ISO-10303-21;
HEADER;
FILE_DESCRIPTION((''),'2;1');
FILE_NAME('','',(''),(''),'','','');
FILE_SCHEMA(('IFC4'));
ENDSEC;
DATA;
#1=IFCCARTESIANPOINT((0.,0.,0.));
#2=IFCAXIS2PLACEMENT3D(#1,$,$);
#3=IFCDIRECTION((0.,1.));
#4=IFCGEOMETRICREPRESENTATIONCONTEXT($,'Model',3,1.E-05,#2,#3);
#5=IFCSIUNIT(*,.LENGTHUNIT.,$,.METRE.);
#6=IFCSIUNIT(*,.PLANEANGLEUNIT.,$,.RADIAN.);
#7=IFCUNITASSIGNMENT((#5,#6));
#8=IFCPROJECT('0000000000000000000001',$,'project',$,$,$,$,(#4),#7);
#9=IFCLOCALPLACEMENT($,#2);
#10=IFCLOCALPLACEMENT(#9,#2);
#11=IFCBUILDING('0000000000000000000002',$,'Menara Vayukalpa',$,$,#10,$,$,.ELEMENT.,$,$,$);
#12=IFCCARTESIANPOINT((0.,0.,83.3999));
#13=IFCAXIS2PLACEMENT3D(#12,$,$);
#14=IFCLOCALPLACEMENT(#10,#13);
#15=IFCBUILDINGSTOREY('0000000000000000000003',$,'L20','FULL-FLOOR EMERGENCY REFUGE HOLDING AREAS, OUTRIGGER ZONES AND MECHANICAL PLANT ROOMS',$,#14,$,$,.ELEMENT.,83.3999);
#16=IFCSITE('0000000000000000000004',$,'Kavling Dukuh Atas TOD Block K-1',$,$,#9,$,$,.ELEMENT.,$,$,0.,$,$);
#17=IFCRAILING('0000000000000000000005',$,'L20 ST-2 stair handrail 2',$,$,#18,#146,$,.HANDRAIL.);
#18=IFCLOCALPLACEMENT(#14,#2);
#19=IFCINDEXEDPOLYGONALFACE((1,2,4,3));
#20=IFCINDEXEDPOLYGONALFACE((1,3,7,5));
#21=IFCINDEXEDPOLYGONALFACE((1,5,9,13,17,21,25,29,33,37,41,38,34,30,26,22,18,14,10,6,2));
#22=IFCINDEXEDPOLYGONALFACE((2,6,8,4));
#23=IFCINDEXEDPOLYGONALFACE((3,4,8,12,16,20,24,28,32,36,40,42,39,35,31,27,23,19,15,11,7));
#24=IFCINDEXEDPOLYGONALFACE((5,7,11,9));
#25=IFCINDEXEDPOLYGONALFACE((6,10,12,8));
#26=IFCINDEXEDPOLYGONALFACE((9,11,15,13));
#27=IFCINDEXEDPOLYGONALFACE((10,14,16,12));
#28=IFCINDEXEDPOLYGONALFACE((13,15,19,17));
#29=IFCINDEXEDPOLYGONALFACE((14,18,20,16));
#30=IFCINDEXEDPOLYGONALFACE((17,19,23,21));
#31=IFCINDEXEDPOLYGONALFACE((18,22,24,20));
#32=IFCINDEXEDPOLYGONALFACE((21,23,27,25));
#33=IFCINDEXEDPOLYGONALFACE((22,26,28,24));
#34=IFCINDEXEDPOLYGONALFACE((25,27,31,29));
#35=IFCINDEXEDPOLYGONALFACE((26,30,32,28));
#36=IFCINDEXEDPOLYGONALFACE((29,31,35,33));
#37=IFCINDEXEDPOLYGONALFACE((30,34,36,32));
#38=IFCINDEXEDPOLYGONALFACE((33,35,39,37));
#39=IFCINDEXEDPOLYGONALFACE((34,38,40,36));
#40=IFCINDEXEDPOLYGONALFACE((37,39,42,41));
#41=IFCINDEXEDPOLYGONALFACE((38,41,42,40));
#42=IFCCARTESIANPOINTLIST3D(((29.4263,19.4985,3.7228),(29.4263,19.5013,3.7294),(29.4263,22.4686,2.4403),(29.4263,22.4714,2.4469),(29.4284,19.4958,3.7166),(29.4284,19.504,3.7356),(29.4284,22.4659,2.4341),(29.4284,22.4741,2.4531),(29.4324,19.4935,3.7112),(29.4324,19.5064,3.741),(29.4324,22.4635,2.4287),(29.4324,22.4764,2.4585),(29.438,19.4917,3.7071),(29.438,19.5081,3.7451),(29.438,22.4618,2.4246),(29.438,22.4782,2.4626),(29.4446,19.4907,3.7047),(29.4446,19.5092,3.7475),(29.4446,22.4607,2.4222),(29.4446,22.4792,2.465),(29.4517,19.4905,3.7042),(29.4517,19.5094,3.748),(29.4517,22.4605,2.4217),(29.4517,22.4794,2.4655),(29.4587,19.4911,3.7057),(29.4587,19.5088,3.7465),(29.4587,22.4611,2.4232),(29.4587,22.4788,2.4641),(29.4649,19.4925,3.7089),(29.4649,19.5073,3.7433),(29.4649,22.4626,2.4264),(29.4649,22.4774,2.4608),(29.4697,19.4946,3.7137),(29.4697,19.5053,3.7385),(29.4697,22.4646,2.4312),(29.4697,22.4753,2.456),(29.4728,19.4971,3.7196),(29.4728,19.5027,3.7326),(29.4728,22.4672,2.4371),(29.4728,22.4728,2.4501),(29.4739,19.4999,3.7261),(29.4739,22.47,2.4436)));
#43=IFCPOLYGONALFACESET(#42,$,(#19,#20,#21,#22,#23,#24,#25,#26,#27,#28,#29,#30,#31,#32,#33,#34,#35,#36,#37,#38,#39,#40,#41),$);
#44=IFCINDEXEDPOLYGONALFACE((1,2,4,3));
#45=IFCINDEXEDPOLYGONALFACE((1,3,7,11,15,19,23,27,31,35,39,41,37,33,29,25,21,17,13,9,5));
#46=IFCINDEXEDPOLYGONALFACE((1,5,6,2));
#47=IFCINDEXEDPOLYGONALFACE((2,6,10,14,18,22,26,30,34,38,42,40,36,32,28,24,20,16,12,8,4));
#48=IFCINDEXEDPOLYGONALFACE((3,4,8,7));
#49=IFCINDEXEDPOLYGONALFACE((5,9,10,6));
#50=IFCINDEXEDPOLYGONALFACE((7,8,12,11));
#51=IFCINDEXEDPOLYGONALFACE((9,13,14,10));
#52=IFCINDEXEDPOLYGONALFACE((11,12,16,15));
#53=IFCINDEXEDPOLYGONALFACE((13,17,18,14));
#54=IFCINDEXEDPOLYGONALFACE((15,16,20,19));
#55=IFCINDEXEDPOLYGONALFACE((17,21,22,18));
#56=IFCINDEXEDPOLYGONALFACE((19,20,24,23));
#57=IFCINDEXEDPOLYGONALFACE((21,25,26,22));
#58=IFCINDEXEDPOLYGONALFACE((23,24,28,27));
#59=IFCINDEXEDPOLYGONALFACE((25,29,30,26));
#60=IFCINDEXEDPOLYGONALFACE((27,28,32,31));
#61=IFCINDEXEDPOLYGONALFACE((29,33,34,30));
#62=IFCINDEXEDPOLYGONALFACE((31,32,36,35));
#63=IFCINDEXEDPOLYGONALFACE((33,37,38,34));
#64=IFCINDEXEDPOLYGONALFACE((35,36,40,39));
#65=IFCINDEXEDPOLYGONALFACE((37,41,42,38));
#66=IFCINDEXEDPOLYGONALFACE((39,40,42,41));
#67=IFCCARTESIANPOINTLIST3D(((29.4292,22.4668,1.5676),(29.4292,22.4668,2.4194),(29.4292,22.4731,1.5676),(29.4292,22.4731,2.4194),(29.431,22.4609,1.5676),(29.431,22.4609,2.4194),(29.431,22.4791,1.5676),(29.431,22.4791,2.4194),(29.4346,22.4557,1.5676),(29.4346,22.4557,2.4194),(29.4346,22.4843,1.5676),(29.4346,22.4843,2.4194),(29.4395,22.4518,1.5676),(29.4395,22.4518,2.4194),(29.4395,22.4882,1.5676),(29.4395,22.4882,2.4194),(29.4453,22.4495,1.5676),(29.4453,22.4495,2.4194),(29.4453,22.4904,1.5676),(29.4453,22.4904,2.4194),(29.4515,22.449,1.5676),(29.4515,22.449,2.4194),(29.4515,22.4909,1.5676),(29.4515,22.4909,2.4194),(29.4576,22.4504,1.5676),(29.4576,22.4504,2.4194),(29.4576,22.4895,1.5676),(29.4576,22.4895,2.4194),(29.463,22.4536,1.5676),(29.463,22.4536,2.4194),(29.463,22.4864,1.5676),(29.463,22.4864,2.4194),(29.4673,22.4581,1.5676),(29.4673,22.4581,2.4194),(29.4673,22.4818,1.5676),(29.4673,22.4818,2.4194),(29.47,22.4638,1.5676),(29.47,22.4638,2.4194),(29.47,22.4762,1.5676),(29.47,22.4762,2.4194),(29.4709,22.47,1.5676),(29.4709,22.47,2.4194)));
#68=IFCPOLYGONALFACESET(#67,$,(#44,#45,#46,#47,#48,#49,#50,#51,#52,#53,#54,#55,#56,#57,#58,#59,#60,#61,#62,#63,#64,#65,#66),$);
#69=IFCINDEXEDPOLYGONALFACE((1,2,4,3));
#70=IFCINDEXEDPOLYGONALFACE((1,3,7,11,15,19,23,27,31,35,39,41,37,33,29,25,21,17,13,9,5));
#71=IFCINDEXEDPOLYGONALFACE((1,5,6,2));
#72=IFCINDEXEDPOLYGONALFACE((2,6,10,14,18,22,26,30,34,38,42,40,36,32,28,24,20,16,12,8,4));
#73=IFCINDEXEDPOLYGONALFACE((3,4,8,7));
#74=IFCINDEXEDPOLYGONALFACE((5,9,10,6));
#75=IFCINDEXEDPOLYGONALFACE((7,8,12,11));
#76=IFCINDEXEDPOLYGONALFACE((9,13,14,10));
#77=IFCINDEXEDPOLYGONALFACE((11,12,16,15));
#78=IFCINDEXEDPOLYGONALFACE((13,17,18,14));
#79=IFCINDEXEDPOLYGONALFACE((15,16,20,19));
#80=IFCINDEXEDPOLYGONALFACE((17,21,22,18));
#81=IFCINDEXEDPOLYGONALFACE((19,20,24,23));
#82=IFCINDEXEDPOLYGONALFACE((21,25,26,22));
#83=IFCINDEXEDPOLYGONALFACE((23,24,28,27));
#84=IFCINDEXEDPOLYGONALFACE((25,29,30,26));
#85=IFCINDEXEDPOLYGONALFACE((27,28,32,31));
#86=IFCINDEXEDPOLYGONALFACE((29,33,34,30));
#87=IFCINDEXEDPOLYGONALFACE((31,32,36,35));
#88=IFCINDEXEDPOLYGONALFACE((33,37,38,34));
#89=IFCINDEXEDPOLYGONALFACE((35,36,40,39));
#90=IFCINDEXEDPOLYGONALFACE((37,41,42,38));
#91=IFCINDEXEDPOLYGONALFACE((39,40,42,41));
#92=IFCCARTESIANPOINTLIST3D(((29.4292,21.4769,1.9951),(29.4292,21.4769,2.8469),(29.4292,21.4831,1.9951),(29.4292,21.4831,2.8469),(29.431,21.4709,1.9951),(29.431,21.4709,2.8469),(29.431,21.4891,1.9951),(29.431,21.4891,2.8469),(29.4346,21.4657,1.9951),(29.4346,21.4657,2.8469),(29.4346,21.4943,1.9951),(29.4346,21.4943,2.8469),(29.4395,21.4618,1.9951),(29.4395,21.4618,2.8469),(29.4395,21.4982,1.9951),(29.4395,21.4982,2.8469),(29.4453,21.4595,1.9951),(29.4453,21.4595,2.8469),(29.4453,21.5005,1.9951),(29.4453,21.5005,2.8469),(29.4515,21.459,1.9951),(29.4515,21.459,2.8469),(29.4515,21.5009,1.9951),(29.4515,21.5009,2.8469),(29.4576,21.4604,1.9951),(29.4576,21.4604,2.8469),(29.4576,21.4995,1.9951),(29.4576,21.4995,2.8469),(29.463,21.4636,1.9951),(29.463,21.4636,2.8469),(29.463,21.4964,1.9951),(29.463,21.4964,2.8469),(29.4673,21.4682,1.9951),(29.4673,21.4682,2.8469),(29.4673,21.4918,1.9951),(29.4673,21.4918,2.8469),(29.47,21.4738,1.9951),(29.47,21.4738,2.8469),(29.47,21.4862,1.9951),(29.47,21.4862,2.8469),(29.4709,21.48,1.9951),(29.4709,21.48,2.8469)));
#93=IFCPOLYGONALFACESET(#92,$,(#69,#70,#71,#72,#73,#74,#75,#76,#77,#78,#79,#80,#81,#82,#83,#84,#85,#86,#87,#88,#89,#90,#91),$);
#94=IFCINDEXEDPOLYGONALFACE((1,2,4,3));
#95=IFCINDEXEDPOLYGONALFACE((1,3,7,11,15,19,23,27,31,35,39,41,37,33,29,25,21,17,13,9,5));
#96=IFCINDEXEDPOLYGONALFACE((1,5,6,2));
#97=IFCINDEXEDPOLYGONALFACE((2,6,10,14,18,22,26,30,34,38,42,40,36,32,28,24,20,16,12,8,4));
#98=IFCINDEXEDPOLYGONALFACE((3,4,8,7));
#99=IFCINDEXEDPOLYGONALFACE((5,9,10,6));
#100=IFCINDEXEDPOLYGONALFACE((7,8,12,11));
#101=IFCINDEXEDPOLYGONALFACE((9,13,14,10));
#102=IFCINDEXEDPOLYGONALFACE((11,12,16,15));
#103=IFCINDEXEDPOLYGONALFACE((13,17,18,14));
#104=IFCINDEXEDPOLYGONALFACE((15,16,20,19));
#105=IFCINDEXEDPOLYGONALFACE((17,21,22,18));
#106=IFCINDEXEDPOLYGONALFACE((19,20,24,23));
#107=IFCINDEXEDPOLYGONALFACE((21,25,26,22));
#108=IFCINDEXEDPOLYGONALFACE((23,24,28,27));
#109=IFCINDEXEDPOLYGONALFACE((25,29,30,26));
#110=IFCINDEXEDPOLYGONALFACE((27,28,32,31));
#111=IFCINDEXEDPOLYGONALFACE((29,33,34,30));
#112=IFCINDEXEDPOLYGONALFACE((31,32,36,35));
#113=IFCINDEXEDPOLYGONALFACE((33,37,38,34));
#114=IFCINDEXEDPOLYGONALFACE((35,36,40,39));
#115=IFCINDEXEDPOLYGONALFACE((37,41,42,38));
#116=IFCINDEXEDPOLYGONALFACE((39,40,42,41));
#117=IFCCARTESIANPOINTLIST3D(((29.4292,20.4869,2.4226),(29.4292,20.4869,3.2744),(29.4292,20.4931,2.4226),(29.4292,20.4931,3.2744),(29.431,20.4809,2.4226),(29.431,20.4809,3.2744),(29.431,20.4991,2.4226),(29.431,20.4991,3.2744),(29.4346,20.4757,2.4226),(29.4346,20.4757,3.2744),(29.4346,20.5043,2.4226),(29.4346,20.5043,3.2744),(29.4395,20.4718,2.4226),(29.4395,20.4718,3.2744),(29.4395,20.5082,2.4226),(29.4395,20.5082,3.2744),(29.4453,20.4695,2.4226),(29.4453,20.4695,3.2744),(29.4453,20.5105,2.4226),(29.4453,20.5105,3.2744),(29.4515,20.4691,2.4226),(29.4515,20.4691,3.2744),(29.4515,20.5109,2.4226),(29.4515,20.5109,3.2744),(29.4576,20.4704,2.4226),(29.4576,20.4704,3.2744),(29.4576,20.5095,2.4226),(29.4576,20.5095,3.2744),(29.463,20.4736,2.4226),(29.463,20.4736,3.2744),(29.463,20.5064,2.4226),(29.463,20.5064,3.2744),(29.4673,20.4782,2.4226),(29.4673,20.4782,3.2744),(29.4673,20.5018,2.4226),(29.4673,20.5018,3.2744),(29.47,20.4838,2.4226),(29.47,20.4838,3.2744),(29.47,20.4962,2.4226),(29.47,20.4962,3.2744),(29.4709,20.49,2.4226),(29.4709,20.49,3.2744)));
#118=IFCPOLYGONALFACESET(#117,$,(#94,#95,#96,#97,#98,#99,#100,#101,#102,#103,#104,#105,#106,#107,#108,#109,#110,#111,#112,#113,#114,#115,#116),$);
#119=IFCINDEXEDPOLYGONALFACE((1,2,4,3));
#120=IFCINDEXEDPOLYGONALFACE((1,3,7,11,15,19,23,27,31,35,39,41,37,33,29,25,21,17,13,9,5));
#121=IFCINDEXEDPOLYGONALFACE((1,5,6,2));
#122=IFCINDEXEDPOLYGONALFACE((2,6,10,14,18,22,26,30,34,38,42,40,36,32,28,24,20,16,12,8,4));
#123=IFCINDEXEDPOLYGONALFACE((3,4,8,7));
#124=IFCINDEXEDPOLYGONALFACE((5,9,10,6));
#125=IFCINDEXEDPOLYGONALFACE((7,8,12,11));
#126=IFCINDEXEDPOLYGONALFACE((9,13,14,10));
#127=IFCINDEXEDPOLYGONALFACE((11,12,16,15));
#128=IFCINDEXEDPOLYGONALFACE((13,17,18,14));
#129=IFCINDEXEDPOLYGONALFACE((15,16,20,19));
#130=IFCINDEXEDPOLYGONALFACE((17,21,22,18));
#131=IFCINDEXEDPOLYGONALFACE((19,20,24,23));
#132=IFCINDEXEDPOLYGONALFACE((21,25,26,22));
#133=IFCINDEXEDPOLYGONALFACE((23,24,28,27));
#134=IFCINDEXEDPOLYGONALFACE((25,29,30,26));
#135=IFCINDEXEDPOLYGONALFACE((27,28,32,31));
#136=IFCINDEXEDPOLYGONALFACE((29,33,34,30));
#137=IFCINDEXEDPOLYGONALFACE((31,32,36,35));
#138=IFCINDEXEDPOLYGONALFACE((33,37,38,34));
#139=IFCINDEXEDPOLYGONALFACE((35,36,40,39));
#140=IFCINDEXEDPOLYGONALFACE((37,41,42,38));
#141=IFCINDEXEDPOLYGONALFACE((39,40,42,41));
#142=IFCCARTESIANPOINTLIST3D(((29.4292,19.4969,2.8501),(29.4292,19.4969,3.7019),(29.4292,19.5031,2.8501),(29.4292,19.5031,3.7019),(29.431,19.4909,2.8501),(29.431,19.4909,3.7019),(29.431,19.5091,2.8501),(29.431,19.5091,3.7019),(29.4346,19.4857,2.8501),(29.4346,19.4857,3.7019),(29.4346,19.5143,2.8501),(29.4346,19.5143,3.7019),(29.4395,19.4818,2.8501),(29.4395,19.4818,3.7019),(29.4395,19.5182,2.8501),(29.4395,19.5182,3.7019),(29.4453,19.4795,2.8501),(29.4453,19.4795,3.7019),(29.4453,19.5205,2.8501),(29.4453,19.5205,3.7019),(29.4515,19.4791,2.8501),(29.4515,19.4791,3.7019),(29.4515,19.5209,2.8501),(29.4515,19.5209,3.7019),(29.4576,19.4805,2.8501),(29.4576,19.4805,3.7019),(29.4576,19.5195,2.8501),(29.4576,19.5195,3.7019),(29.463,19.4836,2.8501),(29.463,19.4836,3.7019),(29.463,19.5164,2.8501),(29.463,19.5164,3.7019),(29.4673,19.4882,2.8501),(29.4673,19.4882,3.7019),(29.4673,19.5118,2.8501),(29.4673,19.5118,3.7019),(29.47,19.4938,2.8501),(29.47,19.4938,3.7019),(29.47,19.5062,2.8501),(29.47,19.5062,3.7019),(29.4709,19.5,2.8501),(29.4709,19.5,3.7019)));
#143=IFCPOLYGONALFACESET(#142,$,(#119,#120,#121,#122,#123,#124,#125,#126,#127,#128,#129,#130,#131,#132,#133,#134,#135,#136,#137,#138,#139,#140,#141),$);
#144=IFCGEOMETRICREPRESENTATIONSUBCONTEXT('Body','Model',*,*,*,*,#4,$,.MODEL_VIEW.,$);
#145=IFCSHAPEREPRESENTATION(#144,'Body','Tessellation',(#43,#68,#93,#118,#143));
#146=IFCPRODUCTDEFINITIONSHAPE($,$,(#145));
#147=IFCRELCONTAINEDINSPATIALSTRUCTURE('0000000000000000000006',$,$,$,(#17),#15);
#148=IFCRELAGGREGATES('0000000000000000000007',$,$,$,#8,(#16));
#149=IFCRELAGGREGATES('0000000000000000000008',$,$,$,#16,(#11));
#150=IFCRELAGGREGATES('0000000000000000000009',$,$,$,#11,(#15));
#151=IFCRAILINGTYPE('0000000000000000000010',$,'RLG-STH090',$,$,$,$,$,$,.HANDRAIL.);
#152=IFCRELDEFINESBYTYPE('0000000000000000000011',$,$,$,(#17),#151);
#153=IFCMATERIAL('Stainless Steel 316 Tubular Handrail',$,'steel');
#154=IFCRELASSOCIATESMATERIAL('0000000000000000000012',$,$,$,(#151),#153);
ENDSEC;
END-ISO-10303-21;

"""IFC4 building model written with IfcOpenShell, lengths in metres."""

from ifc_helpers import new_model, si_unit, direction, frame, origin, origin_2d, place, context, subcontext, project, spatial, circle, extrude, material, type_object, element, save


model = new_model("IFC4")

# Units and contexts
model_context = context("Model", 3, precision=1e-05, world=origin(), true_north=direction((0.0, 1.0)))
body_context = subcontext(model_context, "Body", "Model", "MODEL_VIEW")
ifc_project = project(units=[si_unit("LENGTHUNIT", "METRE"), si_unit("PLANEANGLEUNIT", "RADIAN")], contexts=[model_context])

# Site, building, storey
site_placement = place(None, origin())
site = spatial("IfcSite", under=ifc_project, at=site_placement, Name="Kavling Dukuh Atas TOD Block K-1", CompositionType="ELEMENT", RefElevation=0.0)
building_placement = place(site_placement, origin())
building = spatial("IfcBuilding", under=site, at=building_placement, Name="Menara Vayukalpa", CompositionType="ELEMENT")
storey_placement = place(building_placement, frame((0.0, 0.0, 83.3999)))
storey = spatial("IfcBuildingStorey", under=building, at=storey_placement, Name="L20", Description="FULL-FLOOR EMERGENCY REFUGE HOLDING AREAS, OUTRIGGER ZONES AND MECHANICAL PLANT ROOMS", CompositionType="ELEMENT", Elevation=83.3999)

# Railing
ifc_material_1 = material(Name="Stainless Steel 316 Tubular Handrail", Category="steel")
railing_type_1 = type_object("IfcRailingType", Name="RLG-STH090", PredefinedType="HANDRAIL", material=ifc_material_1)
railing_1_placement = place(storey_placement, frame((29.45, 22.47, 1.5676)))
element("IfcRailing", 1, at=railing_1_placement, inside=storey, type_object=railing_type_1, Name="L20 ST-2 stair handrail 2", PredefinedType="HANDRAIL", context=body_context, shape_type="SweptSolid", body=[
    extrude(circle(Radius=0.0239, at=origin_2d()), frame((0.0, 0.0, 0.876), z_axis=(0.0, -0.918064, 0.396432), x_axis=(1.0, 0.0, 0.0)), (0.0, 0.0, 1.0), 3.2351),
    extrude(circle(Radius=0.021, at=origin_2d()), origin(), (0.0, 0.0, 1.0), 0.8518),
    extrude(circle(Radius=0.021, at=origin_2d()), frame((0.0, -0.99, 0.4275)), (0.0, 0.0, 1.0), 0.8518),
    extrude(circle(Radius=0.021, at=origin_2d()), frame((0.0, -1.98, 0.855)), (0.0, 0.0, 1.0), 0.8518),
    extrude(circle(Radius=0.021, at=origin_2d()), frame((0.0, -2.97, 1.2825)), (0.0, 0.0, 1.0), 0.8518),
])

save(model, "model.ifc")
